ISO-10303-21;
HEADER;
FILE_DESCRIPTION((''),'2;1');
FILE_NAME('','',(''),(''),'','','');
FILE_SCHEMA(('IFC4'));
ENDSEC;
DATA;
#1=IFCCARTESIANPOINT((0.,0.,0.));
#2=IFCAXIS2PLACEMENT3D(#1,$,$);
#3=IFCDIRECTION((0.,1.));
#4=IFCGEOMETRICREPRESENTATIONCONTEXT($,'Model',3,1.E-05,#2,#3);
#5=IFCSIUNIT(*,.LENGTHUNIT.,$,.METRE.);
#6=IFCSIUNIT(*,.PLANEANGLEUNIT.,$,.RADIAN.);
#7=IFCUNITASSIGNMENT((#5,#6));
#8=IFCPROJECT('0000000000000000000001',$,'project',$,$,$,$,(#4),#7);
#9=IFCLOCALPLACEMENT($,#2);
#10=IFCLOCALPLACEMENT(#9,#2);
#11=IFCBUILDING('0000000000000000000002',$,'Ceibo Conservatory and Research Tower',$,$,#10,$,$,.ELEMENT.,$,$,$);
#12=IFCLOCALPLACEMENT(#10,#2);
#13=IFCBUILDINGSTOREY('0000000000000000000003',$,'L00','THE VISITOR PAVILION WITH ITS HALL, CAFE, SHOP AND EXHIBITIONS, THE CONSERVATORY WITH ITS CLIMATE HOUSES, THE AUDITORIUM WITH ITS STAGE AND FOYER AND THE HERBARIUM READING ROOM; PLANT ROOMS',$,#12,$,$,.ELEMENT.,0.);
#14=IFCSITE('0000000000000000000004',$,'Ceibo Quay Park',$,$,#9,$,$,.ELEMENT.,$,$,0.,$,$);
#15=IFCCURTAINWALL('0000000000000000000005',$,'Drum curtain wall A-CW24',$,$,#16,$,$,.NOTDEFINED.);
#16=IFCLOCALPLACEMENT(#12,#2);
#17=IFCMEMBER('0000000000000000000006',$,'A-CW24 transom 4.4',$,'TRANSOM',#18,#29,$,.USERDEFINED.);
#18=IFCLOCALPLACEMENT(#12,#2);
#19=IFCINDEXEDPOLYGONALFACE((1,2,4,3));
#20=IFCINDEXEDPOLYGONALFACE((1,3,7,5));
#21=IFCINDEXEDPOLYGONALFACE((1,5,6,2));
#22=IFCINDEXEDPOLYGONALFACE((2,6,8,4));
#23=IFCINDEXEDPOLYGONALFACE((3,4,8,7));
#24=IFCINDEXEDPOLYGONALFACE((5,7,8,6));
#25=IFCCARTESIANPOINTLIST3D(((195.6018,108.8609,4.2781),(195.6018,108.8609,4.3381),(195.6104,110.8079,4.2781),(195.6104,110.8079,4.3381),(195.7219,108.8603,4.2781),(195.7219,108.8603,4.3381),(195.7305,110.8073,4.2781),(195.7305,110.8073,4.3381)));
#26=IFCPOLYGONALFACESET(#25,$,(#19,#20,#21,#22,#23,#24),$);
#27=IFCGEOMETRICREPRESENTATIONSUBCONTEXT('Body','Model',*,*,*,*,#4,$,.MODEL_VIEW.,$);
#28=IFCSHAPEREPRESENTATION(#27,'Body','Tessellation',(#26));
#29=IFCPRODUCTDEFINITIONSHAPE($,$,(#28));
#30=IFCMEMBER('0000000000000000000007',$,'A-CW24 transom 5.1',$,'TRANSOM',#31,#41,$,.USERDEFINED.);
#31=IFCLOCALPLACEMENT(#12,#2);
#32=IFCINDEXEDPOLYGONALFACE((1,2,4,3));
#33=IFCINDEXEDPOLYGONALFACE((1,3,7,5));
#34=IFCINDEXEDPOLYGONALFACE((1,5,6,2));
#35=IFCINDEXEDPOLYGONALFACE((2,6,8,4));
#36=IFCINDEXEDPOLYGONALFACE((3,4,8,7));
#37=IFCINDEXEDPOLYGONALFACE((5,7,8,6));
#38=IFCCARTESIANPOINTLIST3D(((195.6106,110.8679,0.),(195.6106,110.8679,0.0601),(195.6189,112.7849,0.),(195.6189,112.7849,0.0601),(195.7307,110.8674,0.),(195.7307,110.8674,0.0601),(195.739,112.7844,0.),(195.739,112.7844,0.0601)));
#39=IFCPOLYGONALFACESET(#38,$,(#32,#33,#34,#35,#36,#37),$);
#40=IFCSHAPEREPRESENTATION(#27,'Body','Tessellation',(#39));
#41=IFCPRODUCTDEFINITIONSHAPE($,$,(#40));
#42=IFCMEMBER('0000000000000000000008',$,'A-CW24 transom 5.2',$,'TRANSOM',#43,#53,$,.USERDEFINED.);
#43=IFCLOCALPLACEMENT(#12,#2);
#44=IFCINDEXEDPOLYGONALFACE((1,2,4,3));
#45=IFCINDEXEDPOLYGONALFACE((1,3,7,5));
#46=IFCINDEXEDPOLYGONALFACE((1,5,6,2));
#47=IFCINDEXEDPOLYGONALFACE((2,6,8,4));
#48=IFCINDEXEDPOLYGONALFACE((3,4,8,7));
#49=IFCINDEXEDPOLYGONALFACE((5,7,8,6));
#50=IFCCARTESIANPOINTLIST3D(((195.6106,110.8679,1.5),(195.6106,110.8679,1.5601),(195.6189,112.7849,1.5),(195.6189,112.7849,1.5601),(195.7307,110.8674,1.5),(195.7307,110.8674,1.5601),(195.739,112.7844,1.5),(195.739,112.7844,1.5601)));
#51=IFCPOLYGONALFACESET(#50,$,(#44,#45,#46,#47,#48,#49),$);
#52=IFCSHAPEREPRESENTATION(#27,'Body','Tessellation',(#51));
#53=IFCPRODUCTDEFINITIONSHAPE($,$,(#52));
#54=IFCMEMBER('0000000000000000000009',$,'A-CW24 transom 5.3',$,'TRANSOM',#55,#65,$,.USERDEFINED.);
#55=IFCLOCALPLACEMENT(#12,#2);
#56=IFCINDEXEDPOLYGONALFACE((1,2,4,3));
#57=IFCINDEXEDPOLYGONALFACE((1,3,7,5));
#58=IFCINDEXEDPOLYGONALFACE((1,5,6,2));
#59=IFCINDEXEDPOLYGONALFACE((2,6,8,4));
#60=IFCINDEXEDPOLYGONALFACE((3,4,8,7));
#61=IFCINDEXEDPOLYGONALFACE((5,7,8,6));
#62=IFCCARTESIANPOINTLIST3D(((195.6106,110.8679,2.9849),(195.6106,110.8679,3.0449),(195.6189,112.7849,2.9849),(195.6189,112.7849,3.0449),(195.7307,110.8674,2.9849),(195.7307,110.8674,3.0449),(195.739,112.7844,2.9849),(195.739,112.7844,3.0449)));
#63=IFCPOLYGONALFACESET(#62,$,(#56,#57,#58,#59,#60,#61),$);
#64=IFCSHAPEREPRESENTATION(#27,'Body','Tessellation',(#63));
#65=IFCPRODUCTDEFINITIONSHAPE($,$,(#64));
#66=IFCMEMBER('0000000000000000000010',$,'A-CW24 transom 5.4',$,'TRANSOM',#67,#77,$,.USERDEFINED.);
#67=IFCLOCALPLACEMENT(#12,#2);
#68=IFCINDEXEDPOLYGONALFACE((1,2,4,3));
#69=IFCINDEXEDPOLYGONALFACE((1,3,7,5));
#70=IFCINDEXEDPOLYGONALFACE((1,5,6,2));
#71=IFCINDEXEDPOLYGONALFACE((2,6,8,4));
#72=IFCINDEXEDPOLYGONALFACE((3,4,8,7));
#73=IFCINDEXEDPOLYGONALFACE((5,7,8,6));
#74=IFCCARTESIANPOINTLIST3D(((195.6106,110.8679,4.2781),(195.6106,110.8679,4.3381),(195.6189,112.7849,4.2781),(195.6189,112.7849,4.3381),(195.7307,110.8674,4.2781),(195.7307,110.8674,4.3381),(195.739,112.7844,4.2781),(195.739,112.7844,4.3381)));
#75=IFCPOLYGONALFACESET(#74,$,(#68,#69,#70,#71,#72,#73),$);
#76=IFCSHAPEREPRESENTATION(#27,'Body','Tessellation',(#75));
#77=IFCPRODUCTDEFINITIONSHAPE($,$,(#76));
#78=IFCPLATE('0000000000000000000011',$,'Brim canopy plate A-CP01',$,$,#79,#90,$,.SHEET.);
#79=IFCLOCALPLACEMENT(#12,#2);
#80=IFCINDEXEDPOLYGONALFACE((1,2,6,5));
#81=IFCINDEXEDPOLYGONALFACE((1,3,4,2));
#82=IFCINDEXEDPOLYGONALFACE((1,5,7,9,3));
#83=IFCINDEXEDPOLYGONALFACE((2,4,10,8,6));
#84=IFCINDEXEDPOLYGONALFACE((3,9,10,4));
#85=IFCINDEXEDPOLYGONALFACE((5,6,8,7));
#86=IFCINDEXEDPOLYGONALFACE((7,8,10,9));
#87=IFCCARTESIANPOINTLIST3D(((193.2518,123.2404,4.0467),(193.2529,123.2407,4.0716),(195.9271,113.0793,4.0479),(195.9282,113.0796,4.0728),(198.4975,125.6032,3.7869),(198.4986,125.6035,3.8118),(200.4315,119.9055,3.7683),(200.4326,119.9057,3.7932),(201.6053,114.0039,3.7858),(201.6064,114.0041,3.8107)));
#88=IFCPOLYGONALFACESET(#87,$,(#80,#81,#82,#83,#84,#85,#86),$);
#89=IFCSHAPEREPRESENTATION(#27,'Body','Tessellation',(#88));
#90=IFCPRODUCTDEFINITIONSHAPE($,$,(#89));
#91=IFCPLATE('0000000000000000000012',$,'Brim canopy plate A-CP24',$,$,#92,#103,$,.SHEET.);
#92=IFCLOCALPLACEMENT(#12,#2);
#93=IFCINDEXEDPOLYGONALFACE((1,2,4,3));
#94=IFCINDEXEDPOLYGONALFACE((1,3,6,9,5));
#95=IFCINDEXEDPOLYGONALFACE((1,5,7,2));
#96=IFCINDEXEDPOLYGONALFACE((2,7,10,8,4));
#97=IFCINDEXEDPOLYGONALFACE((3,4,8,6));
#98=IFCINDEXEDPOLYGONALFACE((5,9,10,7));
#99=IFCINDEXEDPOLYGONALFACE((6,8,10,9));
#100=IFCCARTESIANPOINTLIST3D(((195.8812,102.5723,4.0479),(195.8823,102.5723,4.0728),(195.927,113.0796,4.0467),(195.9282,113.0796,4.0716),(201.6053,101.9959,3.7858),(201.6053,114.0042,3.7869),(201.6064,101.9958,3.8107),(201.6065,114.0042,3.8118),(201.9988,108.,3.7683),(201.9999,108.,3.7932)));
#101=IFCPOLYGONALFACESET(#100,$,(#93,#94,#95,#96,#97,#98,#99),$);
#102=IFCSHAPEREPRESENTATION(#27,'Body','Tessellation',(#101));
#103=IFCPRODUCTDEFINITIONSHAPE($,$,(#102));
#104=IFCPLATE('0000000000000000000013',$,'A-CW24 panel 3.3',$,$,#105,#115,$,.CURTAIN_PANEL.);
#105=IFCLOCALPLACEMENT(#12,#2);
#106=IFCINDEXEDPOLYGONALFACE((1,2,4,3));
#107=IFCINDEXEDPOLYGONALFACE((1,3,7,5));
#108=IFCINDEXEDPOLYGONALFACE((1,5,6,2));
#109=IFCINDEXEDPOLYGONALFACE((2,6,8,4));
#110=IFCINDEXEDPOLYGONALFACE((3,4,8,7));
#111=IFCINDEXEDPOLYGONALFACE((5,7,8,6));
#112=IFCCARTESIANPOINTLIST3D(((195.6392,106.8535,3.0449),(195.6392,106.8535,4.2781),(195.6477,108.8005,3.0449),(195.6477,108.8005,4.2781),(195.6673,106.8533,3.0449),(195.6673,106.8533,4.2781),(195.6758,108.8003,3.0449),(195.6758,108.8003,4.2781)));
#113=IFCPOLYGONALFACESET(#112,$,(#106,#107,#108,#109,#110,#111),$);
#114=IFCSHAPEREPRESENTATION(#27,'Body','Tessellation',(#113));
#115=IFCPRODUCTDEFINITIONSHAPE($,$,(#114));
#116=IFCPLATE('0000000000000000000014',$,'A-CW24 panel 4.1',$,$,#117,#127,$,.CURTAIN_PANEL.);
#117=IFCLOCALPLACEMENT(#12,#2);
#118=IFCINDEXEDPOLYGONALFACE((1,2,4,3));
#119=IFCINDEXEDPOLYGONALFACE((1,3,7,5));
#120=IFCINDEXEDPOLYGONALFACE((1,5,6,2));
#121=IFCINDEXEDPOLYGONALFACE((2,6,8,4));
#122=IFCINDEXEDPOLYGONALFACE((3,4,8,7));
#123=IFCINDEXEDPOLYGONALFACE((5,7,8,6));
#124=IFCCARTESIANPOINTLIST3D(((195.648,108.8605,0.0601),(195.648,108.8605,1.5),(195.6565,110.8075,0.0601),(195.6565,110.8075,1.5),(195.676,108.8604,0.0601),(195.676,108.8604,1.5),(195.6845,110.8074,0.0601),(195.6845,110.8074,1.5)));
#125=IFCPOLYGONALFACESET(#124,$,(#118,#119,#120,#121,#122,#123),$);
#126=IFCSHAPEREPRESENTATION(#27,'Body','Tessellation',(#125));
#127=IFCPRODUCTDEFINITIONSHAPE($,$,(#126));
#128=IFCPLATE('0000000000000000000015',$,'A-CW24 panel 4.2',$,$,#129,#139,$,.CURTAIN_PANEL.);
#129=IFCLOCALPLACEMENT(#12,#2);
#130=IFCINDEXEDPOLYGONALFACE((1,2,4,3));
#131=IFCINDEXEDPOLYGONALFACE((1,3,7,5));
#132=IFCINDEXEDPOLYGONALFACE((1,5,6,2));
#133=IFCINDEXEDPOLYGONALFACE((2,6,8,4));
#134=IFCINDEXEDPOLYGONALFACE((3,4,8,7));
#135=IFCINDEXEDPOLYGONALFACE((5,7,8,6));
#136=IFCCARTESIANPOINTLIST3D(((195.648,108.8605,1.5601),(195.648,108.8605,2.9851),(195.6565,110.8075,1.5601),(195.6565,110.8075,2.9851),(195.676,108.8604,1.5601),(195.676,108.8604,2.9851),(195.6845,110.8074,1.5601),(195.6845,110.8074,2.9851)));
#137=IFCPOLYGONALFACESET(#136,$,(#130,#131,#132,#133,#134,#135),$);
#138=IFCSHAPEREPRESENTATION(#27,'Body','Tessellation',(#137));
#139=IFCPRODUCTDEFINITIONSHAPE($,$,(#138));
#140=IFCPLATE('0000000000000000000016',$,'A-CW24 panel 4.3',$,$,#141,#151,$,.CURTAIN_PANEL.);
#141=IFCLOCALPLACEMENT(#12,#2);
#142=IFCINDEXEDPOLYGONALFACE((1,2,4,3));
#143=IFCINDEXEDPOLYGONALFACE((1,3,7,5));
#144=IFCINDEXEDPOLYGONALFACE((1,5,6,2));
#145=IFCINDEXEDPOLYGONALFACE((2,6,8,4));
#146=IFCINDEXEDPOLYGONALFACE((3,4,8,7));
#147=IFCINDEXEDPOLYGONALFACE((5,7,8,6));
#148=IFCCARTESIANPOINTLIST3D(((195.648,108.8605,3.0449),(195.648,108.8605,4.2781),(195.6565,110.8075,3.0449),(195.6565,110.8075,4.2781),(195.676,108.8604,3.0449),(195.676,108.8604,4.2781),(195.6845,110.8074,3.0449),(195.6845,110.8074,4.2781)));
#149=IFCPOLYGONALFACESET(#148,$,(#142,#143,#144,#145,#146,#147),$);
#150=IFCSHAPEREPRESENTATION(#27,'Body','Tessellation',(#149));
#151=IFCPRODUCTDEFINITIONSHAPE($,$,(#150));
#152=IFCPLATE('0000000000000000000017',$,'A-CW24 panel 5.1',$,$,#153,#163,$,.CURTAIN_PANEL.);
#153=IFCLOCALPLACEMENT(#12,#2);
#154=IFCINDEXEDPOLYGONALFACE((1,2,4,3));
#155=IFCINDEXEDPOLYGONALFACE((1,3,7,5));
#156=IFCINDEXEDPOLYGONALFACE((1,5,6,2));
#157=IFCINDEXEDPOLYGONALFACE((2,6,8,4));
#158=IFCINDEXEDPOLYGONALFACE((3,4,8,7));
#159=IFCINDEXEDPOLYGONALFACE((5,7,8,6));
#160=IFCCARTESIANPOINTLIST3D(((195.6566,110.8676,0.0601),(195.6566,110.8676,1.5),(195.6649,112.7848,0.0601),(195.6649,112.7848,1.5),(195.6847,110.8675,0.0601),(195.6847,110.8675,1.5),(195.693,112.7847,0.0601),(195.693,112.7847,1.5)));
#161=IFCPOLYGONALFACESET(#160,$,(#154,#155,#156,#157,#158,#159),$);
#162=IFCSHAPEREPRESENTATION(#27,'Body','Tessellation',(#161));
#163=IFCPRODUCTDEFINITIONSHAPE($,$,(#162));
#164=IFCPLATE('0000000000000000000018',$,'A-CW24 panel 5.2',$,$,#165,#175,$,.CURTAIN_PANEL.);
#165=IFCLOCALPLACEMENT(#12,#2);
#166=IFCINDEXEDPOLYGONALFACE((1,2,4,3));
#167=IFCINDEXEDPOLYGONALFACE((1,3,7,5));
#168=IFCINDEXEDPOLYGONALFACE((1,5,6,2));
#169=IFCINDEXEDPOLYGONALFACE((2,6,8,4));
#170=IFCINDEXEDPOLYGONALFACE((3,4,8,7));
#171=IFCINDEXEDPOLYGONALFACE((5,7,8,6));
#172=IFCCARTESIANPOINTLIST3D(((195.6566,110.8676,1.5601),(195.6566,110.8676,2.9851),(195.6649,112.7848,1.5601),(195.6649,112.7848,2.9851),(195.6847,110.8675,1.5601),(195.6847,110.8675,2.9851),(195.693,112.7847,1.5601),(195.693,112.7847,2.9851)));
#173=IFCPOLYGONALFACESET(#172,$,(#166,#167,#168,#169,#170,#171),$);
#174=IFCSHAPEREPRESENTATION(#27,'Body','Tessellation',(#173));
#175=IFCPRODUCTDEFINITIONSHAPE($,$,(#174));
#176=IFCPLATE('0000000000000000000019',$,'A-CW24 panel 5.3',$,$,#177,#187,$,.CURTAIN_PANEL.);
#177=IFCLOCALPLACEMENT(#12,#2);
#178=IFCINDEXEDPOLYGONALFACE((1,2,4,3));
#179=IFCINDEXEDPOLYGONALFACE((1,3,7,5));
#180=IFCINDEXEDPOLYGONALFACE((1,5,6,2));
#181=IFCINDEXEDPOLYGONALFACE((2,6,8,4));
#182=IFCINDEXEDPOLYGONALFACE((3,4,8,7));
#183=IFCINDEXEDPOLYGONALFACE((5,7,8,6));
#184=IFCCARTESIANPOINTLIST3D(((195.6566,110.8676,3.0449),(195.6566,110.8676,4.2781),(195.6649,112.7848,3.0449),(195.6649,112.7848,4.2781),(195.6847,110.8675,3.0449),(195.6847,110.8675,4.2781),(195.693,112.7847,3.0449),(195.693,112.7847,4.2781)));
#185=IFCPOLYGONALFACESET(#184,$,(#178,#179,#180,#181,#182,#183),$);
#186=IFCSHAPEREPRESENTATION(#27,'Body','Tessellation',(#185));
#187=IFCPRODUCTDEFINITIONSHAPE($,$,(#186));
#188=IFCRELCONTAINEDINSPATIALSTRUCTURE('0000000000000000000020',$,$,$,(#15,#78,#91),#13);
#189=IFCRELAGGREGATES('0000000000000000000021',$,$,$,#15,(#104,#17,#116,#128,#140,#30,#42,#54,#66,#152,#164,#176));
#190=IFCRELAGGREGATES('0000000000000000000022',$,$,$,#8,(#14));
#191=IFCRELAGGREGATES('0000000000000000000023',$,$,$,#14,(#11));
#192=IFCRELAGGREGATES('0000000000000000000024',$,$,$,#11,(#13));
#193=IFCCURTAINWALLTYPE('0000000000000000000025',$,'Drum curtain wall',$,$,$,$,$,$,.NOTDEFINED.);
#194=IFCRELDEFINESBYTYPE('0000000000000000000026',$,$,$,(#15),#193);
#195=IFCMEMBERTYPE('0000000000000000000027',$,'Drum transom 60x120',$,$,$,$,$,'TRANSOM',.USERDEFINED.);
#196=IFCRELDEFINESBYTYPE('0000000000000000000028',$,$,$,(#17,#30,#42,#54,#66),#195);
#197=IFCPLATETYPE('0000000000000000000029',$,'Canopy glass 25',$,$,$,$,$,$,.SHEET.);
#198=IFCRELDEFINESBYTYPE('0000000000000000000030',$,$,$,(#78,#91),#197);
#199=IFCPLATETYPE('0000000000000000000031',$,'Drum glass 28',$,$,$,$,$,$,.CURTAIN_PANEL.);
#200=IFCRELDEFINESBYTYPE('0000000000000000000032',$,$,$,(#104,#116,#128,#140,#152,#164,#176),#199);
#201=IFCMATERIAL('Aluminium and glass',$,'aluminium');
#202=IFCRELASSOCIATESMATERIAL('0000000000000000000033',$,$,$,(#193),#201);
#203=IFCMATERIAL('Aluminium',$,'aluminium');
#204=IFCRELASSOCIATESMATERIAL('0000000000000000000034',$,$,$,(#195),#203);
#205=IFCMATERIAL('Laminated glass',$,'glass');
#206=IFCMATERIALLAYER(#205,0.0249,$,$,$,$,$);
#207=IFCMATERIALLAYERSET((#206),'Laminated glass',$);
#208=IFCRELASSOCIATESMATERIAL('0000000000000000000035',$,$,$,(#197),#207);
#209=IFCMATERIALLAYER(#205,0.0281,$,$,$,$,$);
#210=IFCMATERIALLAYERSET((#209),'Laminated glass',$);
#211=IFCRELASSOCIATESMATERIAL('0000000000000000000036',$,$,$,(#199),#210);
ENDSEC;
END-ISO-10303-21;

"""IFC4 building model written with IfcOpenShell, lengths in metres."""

from ifc_helpers import new_model, si_unit, direction, frame, origin, origin_2d, place, context, subcontext, project, spatial, polyline, rectangle, outline, extrude, material, layer, layer_set, material_profile, profile_set, type_object, element, aggregate, save


model = new_model("IFC4")

# Units and contexts
model_context = context("Model", 3, precision=1e-05, world=origin(), true_north=direction((0.0, 1.0)))
body_context = subcontext(model_context, "Body", "Model", "MODEL_VIEW")
ifc_project = project(units=[si_unit("LENGTHUNIT", "METRE"), si_unit("PLANEANGLEUNIT", "RADIAN")], contexts=[model_context])

# Site, building, storey
site_placement = place(None, origin())
site = spatial("IfcSite", under=ifc_project, at=site_placement, Name="Ceibo Quay Park", CompositionType="ELEMENT", RefElevation=0.0)
building_placement = place(site_placement, origin())
building = spatial("IfcBuilding", under=site, at=building_placement, Name="Ceibo Conservatory and Research Tower", CompositionType="ELEMENT")
storey_placement = place(building_placement, origin())
storey = spatial("IfcBuildingStorey", under=building, at=storey_placement, Name="L00", Description="THE VISITOR PAVILION WITH ITS HALL, CAFE, SHOP AND EXHIBITIONS, THE CONSERVATORY WITH ITS CLIMATE HOUSES, THE AUDITORIUM WITH ITS STAGE AND FOYER AND THE HERBARIUM READING ROOM; PLANT ROOMS", CompositionType="ELEMENT", Elevation=0.0)

# Curtain wall, members
ifc_material_1 = material(Name="Aluminium and glass", Category="aluminium")
curtain_wall_type = type_object("IfcCurtainWallType", Name="Drum curtain wall", PredefinedType="NOTDEFINED", material=ifc_material_1)
curtain_wall_placement = place(storey_placement, origin())
curtain_wall = element("IfcCurtainWall", 1, at=curtain_wall_placement, inside=storey, type_object=curtain_wall_type, Name="Drum curtain wall A-CW24", PredefinedType="NOTDEFINED")
ifc_material_2 = material(Name="Aluminium", Category="aluminium")
ifc_material_profile_1 = material_profile(ifc_material_2, rectangle(XDim=0.1201, YDim=0.0601, at=origin_2d()), Name="AL 60x120")
ifc_profile_set_1 = profile_set([ifc_material_profile_1], Name="Aluminium")
member_type_1 = type_object("IfcMemberType", Name="Drum transom 60x120", ElementType="TRANSOM", PredefinedType="USERDEFINED", material=ifc_profile_set_1)
member_1_placement = place(storey_placement, frame((195.6619, 108.8606, 4.3081), z_axis=(0.004389, 0.99999, 0.0), x_axis=(-0.99999, 0.004389, 0.0)))
member_1 = element("IfcMember", 2, at=member_1_placement, type_object=member_type_1, Name="A-CW24 transom 4.4", ObjectType="TRANSOM", PredefinedType="USERDEFINED", context=body_context, shape_type="SweptSolid", body=[
    extrude(rectangle(XDim=0.1201, YDim=0.0601, at=origin_2d()), origin(), (0.0, 0.0, 1.0), 1.947),
])
member_2_placement = place(storey_placement, frame((195.6707, 110.8677, 0.03), z_axis=(0.00433, 0.999991, 0.0), x_axis=(-0.999991, 0.00433, 0.0)))
member_2 = element("IfcMember", 3, at=member_2_placement, type_object=member_type_1, Name="A-CW24 transom 5.1", ObjectType="TRANSOM", PredefinedType="USERDEFINED", context=body_context, shape_type="SweptSolid", body=[
    extrude(rectangle(XDim=0.1201, YDim=0.0601, at=origin_2d()), origin(), (0.0, 0.0, 1.0), 1.917),
])
member_3_placement = place(storey_placement, frame((195.6707, 110.8677, 1.53), z_axis=(0.00433, 0.999991, 0.0), x_axis=(-0.999991, 0.00433, 0.0)))
member_3 = element("IfcMember", 4, at=member_3_placement, type_object=member_type_1, Name="A-CW24 transom 5.2", ObjectType="TRANSOM", PredefinedType="USERDEFINED", context=body_context, shape_type="SweptSolid", body=[
    extrude(rectangle(XDim=0.1201, YDim=0.0601, at=origin_2d()), origin(), (0.0, 0.0, 1.0), 1.917),
])
member_4_placement = place(storey_placement, frame((195.6707, 110.8677, 3.0149), z_axis=(0.00433, 0.999991, 0.0), x_axis=(-0.999991, 0.00433, 0.0)))
member_4 = element("IfcMember", 5, at=member_4_placement, type_object=member_type_1, Name="A-CW24 transom 5.3", ObjectType="TRANSOM", PredefinedType="USERDEFINED", context=body_context, shape_type="SweptSolid", body=[
    extrude(rectangle(XDim=0.1201, YDim=0.0601, at=origin_2d()), origin(), (0.0, 0.0, 1.0), 1.917),
])
member_5_placement = place(storey_placement, frame((195.6707, 110.8677, 4.3081), z_axis=(0.00433, 0.999991, 0.0), x_axis=(-0.999991, 0.00433, 0.0)))
member_5 = element("IfcMember", 6, at=member_5_placement, type_object=member_type_1, Name="A-CW24 transom 5.4", ObjectType="TRANSOM", PredefinedType="USERDEFINED", context=body_context, shape_type="SweptSolid", body=[
    extrude(rectangle(XDim=0.1201, YDim=0.0601, at=origin_2d()), origin(), (0.0, 0.0, 1.0), 1.917),
])

# Plates
ifc_material_3 = material(Name="Laminated glass", Category="glass")
ifc_layer_1 = layer(ifc_material_3, 0.0249)
ifc_layer_set_1 = layer_set([ifc_layer_1], Name="Laminated glass")
plate_type_1 = type_object("IfcPlateType", Name="Canopy glass 25", PredefinedType="SHEET", material=ifc_layer_set_1)
plate_1_placement = place(storey_placement, frame((195.9282, 113.0796, 4.0728), z_axis=(-0.044194, -0.011748, -0.998954), x_axis=(-0.254615, 0.967043, -0.000109)))
element("IfcPlate", 7, at=plate_1_placement, inside=storey, type_object=plate_type_1, Name="Brim canopy plate A-CP01", PredefinedType="SHEET", context=body_context, shape_type="SweptSolid", body=[
    extrude(outline(polyline([(0.0, 0.0), (10.5074, 0.0), (11.4568, 5.6804), (5.4543, 6.1003), (-0.5516, 5.7325), (0.0, 0.0)])), origin(), (0.0, 0.0, 1.0), 0.0249),
])
plate_2_placement = place(storey_placement, frame((195.8823, 102.5723, 4.0728), z_axis=(-0.045729, 0.00009, -0.998954), x_axis=(0.004363, 0.99999, -0.000109)))
element("IfcPlate", 8, at=plate_2_placement, inside=storey, type_object=plate_type_1, Name="Brim canopy plate A-CP24", PredefinedType="SHEET", context=body_context, shape_type="SweptSolid", body=[
    extrude(outline(polyline([(0.0, 0.0), (10.5074, 0.0), (11.4568, 5.6802), (5.4544, 6.1003), (-0.5514, 5.7326), (0.0, 0.0)])), origin(), (0.0, 0.0, 1.0), 0.0249),
])

# Plates
ifc_layer_2 = layer(ifc_material_3, 0.0281)
ifc_layer_set_2 = layer_set([ifc_layer_2], Name="Laminated glass")
plate_type_2 = type_object("IfcPlateType", Name="Drum glass 28", PredefinedType="CURTAIN_PANEL", material=ifc_layer_set_2)
plate_3_placement = place(storey_placement, frame((195.6575, 107.8269, 3.0449), z_axis=(0.0, 0.0, 1.0), x_axis=(0.004363, 0.99999, 0.0)))
plate_3 = element("IfcPlate", 9, at=plate_3_placement, type_object=plate_type_2, Name="A-CW24 panel 3.3", PredefinedType="CURTAIN_PANEL", context=body_context, shape_type="SweptSolid", body=[
    extrude(rectangle(XDim=1.947, YDim=0.0281, at=origin_2d()), origin(), (0.0, 0.0, 1.0), 1.2332),
])
plate_4_placement = place(storey_placement, frame((195.6663, 109.834, 0.0601), z_axis=(0.0, 0.0, 1.0), x_axis=(0.004363, 0.99999, 0.0)))
plate_4 = element("IfcPlate", 10, at=plate_4_placement, type_object=plate_type_2, Name="A-CW24 panel 4.1", PredefinedType="CURTAIN_PANEL", context=body_context, shape_type="SweptSolid", body=[
    extrude(rectangle(XDim=1.947, YDim=0.0281, at=origin_2d()), origin(), (0.0, 0.0, 1.0), 1.4399),
])
plate_5_placement = place(storey_placement, frame((195.6663, 109.834, 1.5601), z_axis=(0.0, 0.0, 1.0), x_axis=(0.004363, 0.99999, 0.0)))
plate_5 = element("IfcPlate", 11, at=plate_5_placement, type_object=plate_type_2, Name="A-CW24 panel 4.2", PredefinedType="CURTAIN_PANEL", context=body_context, shape_type="SweptSolid", body=[
    extrude(rectangle(XDim=1.947, YDim=0.0281, at=origin_2d()), origin(), (0.0, 0.0, 1.0), 1.425),
])
plate_6_placement = place(storey_placement, frame((195.6663, 109.834, 3.0449), z_axis=(0.0, 0.0, 1.0), x_axis=(0.004363, 0.99999, 0.0)))
plate_6 = element("IfcPlate", 12, at=plate_6_placement, type_object=plate_type_2, Name="A-CW24 panel 4.3", PredefinedType="CURTAIN_PANEL", context=body_context, shape_type="SweptSolid", body=[
    extrude(rectangle(XDim=1.947, YDim=0.0281, at=origin_2d()), origin(), (0.0, 0.0, 1.0), 1.2332),
])
plate_7_placement = place(storey_placement, frame((195.6748, 111.8262, 0.0601), z_axis=(0.0, 0.0, 1.0), x_axis=(0.004363, 0.99999, 0.0)))
plate_7 = element("IfcPlate", 13, at=plate_7_placement, type_object=plate_type_2, Name="A-CW24 panel 5.1", PredefinedType="CURTAIN_PANEL", context=body_context, shape_type="SweptSolid", body=[
    extrude(rectangle(XDim=1.9172, YDim=0.0281, at=origin_2d()), origin(), (0.0, 0.0, 1.0), 1.4399),
])
plate_8_placement = place(storey_placement, frame((195.6748, 111.8262, 1.5601), z_axis=(0.0, 0.0, 1.0), x_axis=(0.004363, 0.99999, 0.0)))
plate_8 = element("IfcPlate", 14, at=plate_8_placement, type_object=plate_type_2, Name="A-CW24 panel 5.2", PredefinedType="CURTAIN_PANEL", context=body_context, shape_type="SweptSolid", body=[
    extrude(rectangle(XDim=1.9172, YDim=0.0281, at=origin_2d()), origin(), (0.0, 0.0, 1.0), 1.425),
])
plate_9_placement = place(storey_placement, frame((195.6748, 111.8262, 3.0449), z_axis=(0.0, 0.0, 1.0), x_axis=(0.004363, 0.99999, 0.0)))
plate_9 = element("IfcPlate", 15, at=plate_9_placement, type_object=plate_type_2, Name="A-CW24 panel 5.3", PredefinedType="CURTAIN_PANEL", context=body_context, shape_type="SweptSolid", body=[
    extrude(rectangle(XDim=1.9172, YDim=0.0281, at=origin_2d()), origin(), (0.0, 0.0, 1.0), 1.2332),
])
aggregate(curtain_wall, [plate_3, member_1, plate_4, plate_5, plate_6, member_2, member_3, member_4, member_5, plate_7, plate_8, plate_9])

save(model, "model.ifc")
